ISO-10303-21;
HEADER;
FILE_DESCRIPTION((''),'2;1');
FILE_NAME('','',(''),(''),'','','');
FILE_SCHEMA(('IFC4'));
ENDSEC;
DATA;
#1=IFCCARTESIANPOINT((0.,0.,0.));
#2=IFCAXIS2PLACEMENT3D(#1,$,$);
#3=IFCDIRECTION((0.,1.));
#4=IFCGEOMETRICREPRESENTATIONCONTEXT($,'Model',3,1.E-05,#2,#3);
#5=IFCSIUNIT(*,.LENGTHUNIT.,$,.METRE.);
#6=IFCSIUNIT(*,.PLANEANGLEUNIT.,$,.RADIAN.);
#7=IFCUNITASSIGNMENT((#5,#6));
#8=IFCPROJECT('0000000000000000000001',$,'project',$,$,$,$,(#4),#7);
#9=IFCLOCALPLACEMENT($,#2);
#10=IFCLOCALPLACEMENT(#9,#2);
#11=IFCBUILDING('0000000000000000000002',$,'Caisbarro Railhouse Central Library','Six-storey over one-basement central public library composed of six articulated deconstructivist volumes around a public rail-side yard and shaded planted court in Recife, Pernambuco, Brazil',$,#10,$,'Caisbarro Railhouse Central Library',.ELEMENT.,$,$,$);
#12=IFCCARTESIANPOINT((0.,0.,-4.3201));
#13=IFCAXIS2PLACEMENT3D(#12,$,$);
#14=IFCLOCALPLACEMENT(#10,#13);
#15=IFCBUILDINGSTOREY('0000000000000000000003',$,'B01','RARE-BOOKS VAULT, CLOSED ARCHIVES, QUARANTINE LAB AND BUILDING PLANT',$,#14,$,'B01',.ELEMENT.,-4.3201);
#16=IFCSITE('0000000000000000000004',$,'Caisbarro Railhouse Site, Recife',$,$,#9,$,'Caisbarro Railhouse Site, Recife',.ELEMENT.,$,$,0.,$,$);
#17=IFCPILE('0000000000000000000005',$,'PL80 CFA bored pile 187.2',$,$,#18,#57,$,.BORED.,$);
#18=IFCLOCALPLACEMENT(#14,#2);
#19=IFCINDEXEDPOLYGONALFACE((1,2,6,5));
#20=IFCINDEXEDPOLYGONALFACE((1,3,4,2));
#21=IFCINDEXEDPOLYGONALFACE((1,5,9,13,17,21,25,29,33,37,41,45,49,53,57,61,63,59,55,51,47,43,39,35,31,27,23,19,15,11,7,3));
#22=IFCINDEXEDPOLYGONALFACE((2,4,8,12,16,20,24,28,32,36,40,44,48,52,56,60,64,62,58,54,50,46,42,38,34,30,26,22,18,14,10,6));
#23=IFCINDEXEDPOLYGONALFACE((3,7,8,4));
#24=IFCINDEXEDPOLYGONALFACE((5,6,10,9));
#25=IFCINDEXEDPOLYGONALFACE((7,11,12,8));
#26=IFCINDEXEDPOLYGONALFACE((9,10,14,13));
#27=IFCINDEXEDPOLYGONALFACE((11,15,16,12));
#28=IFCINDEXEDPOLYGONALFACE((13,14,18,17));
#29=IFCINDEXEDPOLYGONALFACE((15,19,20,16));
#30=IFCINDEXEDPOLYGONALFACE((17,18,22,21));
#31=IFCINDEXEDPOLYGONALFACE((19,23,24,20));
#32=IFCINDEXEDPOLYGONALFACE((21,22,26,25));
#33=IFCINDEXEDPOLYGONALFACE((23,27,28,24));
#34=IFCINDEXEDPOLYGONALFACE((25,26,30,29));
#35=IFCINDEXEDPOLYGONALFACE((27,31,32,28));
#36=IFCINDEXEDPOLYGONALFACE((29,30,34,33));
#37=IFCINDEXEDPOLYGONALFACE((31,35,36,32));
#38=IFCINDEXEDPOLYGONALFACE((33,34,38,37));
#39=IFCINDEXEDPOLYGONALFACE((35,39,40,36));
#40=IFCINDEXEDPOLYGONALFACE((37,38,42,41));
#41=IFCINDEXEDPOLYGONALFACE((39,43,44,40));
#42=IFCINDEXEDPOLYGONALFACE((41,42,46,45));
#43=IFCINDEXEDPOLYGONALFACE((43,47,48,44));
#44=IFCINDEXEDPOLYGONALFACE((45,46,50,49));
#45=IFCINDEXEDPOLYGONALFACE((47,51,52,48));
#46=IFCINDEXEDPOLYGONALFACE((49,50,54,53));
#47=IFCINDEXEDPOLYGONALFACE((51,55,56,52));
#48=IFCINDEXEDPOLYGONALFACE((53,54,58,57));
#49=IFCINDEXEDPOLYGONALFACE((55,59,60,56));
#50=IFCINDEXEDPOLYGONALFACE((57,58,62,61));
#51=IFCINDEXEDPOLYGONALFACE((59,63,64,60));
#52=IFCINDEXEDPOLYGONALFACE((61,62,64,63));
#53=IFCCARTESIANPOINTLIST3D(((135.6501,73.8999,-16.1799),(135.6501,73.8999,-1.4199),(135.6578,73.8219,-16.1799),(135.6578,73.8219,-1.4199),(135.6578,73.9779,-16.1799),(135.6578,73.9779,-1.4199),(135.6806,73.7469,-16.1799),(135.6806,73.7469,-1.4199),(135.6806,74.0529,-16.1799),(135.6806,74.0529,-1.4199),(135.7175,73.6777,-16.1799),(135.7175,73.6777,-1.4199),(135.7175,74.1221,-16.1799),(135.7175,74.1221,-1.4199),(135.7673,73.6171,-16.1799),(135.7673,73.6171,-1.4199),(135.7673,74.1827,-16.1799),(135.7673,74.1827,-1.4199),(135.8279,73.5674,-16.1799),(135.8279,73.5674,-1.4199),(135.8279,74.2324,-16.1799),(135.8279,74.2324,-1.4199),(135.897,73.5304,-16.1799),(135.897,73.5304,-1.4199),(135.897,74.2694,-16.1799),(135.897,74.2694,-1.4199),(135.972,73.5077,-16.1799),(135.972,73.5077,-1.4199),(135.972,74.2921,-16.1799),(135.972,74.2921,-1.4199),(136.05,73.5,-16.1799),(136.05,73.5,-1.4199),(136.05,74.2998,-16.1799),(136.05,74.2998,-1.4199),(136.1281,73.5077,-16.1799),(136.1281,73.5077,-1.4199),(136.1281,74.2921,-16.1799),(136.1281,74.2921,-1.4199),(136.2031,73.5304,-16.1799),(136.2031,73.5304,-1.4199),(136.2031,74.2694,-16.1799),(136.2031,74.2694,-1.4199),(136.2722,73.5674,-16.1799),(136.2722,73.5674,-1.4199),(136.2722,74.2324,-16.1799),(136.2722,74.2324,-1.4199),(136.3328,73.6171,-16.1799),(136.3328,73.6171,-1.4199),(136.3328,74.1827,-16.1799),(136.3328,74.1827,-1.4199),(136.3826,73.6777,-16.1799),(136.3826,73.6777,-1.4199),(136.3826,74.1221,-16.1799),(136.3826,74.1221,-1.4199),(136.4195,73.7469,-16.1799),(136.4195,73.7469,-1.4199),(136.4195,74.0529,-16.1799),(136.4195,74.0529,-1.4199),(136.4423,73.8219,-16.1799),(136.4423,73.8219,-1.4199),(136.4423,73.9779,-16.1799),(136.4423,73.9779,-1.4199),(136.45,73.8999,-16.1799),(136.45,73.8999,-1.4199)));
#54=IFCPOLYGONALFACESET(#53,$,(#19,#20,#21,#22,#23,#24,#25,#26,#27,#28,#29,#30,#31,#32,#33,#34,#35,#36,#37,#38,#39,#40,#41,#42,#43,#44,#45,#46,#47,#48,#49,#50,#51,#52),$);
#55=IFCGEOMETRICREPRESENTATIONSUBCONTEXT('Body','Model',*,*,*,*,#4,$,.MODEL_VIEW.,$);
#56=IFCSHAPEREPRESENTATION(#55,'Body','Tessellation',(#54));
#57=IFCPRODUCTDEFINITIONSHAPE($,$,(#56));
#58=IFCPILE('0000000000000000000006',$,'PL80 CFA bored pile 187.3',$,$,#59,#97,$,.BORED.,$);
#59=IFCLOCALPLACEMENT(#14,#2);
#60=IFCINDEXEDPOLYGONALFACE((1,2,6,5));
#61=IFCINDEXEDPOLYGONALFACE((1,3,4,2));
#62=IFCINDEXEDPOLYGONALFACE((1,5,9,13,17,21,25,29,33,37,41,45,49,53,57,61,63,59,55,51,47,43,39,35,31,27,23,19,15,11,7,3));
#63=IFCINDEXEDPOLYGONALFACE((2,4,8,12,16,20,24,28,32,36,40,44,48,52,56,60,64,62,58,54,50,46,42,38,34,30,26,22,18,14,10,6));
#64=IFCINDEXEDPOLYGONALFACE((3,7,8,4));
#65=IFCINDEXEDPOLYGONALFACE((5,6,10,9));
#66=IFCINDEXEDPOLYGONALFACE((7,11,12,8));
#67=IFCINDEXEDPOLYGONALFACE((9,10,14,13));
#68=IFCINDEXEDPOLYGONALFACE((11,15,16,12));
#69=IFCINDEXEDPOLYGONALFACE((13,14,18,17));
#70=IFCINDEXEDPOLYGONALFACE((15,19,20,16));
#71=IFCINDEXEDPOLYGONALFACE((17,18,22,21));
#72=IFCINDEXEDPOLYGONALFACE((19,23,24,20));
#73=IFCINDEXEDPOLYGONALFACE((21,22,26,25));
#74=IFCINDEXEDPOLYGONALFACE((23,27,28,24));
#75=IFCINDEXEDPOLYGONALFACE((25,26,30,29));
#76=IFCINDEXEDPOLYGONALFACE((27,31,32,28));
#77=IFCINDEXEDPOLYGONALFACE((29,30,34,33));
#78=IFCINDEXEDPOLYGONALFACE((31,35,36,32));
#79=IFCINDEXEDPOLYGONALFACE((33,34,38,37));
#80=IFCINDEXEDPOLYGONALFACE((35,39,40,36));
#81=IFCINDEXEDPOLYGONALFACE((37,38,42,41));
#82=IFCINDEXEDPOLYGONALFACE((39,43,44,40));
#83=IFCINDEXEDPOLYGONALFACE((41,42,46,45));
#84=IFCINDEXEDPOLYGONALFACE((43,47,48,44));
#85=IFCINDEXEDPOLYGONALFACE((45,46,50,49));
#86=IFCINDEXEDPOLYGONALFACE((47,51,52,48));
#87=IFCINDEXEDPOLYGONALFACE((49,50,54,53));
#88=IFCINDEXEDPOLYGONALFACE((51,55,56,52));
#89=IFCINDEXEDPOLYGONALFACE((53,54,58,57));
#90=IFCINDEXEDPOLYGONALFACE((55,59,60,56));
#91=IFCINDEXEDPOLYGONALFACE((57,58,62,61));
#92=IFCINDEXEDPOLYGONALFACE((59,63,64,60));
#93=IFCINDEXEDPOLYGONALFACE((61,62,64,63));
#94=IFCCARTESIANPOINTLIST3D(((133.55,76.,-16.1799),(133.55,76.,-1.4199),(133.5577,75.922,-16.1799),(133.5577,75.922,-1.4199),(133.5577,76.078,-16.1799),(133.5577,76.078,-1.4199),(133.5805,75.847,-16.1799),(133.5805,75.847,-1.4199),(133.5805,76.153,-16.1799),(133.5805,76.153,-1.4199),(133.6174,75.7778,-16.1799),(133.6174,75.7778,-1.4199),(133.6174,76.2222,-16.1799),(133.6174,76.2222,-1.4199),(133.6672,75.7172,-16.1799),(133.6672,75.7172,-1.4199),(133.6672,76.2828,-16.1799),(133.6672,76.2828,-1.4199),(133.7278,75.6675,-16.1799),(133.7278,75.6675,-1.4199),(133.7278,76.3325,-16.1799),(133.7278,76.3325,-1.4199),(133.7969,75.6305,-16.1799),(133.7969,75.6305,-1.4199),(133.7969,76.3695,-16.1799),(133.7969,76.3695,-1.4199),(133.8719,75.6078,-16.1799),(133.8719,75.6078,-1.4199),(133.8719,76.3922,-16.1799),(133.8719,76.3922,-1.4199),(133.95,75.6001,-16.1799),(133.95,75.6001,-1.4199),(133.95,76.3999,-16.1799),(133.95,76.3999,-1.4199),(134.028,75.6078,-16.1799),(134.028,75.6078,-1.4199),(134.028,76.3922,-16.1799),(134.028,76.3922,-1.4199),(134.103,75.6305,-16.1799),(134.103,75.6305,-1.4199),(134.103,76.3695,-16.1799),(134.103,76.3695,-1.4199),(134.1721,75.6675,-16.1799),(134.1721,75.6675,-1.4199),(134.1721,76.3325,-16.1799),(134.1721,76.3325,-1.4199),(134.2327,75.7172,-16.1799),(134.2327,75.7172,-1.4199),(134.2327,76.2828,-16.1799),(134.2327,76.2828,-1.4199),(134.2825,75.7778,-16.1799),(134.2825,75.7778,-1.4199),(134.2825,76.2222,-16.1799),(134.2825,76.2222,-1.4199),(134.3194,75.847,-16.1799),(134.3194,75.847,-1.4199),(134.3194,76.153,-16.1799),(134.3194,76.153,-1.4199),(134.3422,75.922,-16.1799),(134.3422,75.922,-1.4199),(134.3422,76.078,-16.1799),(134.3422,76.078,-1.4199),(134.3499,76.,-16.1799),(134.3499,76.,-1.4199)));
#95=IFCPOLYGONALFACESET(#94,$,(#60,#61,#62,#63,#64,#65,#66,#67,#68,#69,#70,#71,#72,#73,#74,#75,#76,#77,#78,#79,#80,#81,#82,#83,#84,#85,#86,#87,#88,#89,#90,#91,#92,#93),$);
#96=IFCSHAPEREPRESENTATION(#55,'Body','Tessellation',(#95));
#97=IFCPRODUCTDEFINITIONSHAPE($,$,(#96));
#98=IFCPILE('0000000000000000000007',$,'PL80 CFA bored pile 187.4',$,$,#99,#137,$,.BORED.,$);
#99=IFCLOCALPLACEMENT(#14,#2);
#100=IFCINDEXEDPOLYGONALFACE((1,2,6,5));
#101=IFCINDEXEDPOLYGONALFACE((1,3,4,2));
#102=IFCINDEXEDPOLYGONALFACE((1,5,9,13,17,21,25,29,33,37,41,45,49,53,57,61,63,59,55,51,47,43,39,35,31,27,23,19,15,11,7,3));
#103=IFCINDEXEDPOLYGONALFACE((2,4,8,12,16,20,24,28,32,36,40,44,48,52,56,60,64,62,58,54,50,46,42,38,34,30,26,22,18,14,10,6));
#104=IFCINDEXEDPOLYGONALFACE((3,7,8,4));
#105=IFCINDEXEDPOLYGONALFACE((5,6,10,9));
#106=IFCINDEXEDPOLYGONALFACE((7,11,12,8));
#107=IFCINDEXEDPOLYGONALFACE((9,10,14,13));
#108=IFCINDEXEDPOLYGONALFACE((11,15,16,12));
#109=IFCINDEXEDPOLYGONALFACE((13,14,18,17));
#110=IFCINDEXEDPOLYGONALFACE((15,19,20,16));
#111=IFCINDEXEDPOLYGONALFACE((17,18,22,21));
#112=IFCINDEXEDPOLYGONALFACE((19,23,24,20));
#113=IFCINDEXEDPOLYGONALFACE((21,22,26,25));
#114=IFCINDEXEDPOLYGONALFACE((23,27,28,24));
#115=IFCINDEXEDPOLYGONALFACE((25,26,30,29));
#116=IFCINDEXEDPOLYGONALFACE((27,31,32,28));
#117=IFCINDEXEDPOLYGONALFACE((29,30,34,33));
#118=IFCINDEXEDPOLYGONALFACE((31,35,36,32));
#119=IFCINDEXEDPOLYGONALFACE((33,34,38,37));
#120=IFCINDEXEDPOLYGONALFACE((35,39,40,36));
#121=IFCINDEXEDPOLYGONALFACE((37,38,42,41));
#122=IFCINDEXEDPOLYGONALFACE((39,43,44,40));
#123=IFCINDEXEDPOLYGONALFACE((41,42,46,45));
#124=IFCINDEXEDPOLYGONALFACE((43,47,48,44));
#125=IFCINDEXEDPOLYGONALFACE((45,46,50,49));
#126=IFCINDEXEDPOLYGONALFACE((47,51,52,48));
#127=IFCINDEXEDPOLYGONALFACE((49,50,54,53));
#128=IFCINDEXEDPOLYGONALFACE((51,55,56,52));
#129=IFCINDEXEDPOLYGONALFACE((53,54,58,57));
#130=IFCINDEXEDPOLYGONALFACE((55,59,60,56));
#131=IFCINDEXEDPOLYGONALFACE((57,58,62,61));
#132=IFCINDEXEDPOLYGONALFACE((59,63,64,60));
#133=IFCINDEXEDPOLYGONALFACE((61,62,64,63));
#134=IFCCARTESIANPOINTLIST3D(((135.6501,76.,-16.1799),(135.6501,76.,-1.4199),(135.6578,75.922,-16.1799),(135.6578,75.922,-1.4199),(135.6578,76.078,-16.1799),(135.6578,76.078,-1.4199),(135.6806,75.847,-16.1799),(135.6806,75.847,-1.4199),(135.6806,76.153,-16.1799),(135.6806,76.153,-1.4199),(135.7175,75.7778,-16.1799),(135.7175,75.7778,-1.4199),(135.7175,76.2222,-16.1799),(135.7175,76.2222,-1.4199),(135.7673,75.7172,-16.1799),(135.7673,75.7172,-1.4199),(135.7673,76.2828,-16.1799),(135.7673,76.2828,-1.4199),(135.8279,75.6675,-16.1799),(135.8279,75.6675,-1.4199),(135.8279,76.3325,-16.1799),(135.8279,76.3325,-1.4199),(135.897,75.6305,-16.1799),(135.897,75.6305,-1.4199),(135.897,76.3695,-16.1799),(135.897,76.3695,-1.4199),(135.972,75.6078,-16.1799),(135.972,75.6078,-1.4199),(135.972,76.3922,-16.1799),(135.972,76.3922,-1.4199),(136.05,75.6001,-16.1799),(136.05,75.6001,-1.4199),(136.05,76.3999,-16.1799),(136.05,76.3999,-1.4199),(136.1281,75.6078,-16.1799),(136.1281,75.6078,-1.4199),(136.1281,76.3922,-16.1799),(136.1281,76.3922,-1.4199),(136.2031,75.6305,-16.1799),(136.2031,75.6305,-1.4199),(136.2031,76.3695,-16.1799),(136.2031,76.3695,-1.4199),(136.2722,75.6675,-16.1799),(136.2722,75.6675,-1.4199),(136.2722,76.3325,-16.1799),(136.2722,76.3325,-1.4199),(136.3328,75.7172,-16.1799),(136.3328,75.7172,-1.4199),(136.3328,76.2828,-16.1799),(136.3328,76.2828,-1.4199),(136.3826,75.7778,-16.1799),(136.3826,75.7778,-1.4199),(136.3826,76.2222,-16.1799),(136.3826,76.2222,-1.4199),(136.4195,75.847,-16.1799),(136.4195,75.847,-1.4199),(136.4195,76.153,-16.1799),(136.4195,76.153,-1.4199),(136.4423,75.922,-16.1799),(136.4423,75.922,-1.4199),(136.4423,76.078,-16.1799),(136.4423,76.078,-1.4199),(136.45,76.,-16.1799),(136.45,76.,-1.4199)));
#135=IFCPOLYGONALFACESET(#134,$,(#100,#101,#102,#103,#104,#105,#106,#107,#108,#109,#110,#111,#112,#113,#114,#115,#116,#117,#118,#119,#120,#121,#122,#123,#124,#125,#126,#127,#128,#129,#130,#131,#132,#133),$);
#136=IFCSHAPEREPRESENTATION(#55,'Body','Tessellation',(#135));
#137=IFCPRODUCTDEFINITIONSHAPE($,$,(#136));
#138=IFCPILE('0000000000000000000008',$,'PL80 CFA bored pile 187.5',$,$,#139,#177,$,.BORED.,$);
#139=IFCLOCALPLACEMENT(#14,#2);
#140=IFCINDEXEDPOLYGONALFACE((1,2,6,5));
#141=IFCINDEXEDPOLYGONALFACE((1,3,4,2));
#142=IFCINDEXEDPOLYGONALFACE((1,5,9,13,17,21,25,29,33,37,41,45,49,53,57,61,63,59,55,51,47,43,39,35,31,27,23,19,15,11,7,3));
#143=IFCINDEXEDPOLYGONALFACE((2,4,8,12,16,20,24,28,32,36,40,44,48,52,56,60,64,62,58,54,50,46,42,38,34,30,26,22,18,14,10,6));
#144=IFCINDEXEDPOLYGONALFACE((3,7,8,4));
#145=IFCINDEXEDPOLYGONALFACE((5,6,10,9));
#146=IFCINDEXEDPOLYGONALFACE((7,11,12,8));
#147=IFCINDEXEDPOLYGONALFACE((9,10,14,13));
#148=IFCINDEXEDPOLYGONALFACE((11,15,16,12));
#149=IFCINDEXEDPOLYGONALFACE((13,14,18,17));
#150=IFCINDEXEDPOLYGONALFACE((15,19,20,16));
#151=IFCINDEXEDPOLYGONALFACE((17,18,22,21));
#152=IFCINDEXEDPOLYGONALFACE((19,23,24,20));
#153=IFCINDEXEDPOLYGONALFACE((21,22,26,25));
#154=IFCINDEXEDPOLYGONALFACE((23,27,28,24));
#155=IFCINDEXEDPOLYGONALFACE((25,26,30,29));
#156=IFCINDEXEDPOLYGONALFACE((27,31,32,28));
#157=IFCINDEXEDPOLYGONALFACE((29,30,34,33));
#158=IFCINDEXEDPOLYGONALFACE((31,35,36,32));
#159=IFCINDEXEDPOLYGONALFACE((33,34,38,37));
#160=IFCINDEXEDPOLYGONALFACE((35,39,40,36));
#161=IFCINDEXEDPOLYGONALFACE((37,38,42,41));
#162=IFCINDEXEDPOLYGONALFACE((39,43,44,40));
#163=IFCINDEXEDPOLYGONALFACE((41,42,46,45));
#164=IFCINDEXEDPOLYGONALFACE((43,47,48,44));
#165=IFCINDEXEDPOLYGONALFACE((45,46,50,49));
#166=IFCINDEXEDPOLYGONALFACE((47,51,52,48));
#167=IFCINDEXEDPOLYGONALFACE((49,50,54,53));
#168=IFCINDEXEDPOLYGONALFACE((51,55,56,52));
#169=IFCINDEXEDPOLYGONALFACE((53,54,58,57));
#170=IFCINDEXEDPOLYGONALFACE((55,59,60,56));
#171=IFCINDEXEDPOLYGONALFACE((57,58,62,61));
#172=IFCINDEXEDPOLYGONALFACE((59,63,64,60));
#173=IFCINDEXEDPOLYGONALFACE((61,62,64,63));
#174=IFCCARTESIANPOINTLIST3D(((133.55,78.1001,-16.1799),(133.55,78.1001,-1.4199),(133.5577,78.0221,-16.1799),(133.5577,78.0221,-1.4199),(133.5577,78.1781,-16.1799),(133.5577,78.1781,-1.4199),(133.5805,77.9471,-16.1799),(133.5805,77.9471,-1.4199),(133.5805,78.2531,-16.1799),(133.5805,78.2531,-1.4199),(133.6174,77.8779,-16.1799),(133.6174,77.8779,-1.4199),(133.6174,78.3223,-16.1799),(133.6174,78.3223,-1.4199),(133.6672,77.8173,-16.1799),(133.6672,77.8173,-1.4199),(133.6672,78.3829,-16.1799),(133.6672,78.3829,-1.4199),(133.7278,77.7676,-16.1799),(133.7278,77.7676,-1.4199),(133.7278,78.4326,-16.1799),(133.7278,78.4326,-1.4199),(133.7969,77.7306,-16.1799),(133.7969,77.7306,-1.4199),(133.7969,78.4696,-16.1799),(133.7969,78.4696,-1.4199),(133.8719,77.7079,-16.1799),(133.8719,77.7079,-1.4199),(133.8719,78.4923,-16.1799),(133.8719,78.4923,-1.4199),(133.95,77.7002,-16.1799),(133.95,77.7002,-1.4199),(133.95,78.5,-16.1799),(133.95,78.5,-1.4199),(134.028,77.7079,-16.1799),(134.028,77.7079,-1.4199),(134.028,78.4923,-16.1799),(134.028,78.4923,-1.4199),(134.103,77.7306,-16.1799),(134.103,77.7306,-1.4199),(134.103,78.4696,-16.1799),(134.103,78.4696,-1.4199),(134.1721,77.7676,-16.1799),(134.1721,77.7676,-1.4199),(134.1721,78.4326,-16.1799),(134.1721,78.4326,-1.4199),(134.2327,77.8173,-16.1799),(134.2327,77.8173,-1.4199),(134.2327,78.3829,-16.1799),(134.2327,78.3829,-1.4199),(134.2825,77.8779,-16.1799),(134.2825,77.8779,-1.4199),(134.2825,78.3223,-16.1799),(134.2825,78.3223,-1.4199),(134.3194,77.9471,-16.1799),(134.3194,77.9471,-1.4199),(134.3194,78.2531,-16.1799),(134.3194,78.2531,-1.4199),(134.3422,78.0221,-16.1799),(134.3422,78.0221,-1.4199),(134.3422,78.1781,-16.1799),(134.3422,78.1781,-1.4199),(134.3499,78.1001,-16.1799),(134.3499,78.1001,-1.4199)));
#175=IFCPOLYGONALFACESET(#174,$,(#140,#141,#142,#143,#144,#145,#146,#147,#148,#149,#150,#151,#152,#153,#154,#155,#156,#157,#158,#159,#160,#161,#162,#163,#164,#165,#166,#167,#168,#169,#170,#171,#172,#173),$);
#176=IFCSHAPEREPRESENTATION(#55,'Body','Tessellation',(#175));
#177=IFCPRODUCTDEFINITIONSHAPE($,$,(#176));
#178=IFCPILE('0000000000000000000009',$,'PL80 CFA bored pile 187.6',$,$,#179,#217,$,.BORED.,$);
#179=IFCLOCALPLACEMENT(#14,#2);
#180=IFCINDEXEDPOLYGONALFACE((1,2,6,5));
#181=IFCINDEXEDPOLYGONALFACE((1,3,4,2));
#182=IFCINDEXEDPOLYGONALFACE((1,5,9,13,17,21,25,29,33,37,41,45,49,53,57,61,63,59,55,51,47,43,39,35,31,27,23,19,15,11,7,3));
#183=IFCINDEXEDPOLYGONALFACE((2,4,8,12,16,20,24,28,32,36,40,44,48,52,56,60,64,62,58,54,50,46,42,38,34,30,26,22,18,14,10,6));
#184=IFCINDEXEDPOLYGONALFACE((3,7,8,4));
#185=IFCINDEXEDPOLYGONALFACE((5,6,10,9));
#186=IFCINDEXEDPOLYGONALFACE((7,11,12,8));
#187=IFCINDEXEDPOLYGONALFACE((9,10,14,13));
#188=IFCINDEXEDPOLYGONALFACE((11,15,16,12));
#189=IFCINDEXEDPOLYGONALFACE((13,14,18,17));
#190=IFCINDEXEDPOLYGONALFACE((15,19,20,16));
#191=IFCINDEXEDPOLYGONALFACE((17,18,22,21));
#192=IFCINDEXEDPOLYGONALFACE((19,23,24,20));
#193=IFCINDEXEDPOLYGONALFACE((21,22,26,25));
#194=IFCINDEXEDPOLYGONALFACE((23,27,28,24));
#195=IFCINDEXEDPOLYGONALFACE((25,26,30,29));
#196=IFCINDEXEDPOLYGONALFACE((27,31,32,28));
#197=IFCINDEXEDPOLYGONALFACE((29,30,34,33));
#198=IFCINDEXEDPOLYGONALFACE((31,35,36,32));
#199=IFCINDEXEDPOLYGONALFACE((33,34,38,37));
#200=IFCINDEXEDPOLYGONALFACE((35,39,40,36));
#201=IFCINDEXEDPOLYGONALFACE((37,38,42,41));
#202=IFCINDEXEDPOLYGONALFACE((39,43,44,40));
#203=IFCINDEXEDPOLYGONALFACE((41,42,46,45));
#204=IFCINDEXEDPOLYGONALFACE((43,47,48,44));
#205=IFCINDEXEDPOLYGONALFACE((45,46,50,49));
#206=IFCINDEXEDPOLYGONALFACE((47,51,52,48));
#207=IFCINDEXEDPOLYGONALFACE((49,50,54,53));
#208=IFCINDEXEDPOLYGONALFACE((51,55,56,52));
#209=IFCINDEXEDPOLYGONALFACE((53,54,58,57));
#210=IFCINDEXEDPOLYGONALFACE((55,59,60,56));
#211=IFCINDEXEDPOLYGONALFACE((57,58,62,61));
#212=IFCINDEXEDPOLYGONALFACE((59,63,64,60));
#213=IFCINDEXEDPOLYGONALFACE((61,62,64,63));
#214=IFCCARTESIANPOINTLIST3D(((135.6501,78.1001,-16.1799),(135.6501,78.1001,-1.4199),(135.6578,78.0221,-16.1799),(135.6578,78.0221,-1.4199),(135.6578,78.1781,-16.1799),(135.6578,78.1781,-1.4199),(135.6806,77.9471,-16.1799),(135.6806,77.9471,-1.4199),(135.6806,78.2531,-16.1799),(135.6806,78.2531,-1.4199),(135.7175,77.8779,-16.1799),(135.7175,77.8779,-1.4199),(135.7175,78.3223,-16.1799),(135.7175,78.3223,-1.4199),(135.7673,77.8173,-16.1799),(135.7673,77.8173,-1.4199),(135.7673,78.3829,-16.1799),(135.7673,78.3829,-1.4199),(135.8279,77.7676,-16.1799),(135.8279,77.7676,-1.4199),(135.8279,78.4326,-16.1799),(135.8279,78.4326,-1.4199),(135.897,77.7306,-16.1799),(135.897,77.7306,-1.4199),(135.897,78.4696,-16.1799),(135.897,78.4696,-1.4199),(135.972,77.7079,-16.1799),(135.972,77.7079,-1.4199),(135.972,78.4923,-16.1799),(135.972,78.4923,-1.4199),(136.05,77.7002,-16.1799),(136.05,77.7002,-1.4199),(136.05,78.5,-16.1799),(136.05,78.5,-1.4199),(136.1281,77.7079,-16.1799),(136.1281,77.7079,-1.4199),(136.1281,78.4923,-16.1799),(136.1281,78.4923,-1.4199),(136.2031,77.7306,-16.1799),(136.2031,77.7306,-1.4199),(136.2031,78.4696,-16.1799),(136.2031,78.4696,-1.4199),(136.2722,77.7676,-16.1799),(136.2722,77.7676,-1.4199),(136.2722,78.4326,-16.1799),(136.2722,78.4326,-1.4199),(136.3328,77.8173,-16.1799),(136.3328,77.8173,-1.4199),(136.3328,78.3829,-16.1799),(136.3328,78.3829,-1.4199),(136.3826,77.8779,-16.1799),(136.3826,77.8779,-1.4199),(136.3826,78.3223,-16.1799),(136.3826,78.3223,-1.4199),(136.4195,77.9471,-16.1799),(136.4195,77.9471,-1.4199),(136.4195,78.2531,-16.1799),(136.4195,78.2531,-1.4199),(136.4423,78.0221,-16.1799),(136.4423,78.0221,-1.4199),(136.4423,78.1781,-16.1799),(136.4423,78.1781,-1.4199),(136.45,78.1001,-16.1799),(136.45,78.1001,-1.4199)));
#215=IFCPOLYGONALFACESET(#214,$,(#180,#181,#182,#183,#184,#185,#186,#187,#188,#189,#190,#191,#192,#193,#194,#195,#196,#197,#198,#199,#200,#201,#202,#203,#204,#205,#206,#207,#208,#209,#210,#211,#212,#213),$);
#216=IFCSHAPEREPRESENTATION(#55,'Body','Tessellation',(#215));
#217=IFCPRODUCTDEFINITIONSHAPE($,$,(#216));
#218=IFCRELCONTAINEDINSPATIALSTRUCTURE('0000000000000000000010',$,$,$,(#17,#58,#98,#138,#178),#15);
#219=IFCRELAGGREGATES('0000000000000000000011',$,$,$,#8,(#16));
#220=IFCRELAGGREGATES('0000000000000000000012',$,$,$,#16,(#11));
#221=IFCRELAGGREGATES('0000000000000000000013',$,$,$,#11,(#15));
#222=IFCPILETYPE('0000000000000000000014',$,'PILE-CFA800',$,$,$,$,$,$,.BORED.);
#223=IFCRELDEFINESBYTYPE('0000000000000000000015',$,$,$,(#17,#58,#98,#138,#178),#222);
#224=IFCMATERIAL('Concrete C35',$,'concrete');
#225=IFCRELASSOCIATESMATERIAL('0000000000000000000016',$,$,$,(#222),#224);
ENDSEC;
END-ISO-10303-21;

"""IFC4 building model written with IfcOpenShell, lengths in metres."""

from ifc_helpers import new_model, si_unit, direction, frame, origin, origin_2d, place, context, subcontext, project, spatial, circle, extrude, material, material_profile, profile_set, type_object, element, save


model = new_model("IFC4")

# Units and contexts
model_context = context("Model", 3, precision=1e-05, world=origin(), true_north=direction((0.0, 1.0)))
body_context = subcontext(model_context, "Body", "Model", "MODEL_VIEW")
ifc_project = project(units=[si_unit("LENGTHUNIT", "METRE"), si_unit("PLANEANGLEUNIT", "RADIAN")], contexts=[model_context])

# Site, building, storey
site_placement = place(None, origin())
site = spatial("IfcSite", under=ifc_project, at=site_placement, Name="Caisbarro Railhouse Site, Recife", LongName="Caisbarro Railhouse Site, Recife", CompositionType="ELEMENT", RefElevation=0.0)
building_placement = place(site_placement, origin())
building = spatial("IfcBuilding", under=site, at=building_placement, Name="Caisbarro Railhouse Central Library", Description="Six-storey over one-basement central public library composed of six articulated deconstructivist volumes around a public rail-side yard and shaded planted court in Recife, Pernambuco, Brazil", LongName="Caisbarro Railhouse Central Library", CompositionType="ELEMENT")
storey_placement = place(building_placement, frame((0.0, 0.0, -4.3201)))
storey = spatial("IfcBuildingStorey", under=building, at=storey_placement, Name="B01", Description="RARE-BOOKS VAULT, CLOSED ARCHIVES, QUARANTINE LAB AND BUILDING PLANT", LongName="B01", CompositionType="ELEMENT", Elevation=-4.3201)

# Shared definitions
ifc_material_1 = material(Name="Concrete C35", Category="concrete")

# Piles
ifc_material_profile_1 = material_profile(ifc_material_1, circle(Radius=0.3999, at=origin_2d()), Name="PILE-CFA-800")
ifc_profile_set_1 = profile_set([ifc_material_profile_1], Name="Concrete C35")
pile_type_1 = type_object("IfcPileType", Name="PILE-CFA800", PredefinedType="BORED", material=ifc_profile_set_1)
for number, where, z_axis, x_axis, name in (
    (1, (136.05, 73.8999, -1.4199), (0.0, 0.0, -1.0), (1.0, 0.0, 0.0), "PL80 CFA bored pile 187.2"),
    (2, (133.95, 76.0, -1.4199), (0.0, 0.0, -1.0), (1.0, 0.0, 0.0), "PL80 CFA bored pile 187.3"),
    (3, (136.05, 76.0, -1.4199), (0.0, 0.0, -1.0), (1.0, 0.0, 0.0), "PL80 CFA bored pile 187.4"),
    (4, (133.95, 78.1001, -1.4199), (0.0, 0.0, -1.0), (1.0, 0.0, 0.0), "PL80 CFA bored pile 187.5"),
    (5, (136.05, 78.1001, -1.4199), (0.0, 0.0, -1.0), (1.0, 0.0, 0.0), "PL80 CFA bored pile 187.6"),
):
    element("IfcPile", number, at=place(storey_placement, frame(where, z_axis=z_axis, x_axis=x_axis)), inside=storey, type_object=pile_type_1, Name=name, PredefinedType="BORED", context=body_context, shape_type="SweptSolid", body=[
        extrude(circle(Radius=0.3999, at=origin_2d()), origin(), (0.0, 0.0, 1.0), 14.76),
    ])

save(model, "model.ifc")
